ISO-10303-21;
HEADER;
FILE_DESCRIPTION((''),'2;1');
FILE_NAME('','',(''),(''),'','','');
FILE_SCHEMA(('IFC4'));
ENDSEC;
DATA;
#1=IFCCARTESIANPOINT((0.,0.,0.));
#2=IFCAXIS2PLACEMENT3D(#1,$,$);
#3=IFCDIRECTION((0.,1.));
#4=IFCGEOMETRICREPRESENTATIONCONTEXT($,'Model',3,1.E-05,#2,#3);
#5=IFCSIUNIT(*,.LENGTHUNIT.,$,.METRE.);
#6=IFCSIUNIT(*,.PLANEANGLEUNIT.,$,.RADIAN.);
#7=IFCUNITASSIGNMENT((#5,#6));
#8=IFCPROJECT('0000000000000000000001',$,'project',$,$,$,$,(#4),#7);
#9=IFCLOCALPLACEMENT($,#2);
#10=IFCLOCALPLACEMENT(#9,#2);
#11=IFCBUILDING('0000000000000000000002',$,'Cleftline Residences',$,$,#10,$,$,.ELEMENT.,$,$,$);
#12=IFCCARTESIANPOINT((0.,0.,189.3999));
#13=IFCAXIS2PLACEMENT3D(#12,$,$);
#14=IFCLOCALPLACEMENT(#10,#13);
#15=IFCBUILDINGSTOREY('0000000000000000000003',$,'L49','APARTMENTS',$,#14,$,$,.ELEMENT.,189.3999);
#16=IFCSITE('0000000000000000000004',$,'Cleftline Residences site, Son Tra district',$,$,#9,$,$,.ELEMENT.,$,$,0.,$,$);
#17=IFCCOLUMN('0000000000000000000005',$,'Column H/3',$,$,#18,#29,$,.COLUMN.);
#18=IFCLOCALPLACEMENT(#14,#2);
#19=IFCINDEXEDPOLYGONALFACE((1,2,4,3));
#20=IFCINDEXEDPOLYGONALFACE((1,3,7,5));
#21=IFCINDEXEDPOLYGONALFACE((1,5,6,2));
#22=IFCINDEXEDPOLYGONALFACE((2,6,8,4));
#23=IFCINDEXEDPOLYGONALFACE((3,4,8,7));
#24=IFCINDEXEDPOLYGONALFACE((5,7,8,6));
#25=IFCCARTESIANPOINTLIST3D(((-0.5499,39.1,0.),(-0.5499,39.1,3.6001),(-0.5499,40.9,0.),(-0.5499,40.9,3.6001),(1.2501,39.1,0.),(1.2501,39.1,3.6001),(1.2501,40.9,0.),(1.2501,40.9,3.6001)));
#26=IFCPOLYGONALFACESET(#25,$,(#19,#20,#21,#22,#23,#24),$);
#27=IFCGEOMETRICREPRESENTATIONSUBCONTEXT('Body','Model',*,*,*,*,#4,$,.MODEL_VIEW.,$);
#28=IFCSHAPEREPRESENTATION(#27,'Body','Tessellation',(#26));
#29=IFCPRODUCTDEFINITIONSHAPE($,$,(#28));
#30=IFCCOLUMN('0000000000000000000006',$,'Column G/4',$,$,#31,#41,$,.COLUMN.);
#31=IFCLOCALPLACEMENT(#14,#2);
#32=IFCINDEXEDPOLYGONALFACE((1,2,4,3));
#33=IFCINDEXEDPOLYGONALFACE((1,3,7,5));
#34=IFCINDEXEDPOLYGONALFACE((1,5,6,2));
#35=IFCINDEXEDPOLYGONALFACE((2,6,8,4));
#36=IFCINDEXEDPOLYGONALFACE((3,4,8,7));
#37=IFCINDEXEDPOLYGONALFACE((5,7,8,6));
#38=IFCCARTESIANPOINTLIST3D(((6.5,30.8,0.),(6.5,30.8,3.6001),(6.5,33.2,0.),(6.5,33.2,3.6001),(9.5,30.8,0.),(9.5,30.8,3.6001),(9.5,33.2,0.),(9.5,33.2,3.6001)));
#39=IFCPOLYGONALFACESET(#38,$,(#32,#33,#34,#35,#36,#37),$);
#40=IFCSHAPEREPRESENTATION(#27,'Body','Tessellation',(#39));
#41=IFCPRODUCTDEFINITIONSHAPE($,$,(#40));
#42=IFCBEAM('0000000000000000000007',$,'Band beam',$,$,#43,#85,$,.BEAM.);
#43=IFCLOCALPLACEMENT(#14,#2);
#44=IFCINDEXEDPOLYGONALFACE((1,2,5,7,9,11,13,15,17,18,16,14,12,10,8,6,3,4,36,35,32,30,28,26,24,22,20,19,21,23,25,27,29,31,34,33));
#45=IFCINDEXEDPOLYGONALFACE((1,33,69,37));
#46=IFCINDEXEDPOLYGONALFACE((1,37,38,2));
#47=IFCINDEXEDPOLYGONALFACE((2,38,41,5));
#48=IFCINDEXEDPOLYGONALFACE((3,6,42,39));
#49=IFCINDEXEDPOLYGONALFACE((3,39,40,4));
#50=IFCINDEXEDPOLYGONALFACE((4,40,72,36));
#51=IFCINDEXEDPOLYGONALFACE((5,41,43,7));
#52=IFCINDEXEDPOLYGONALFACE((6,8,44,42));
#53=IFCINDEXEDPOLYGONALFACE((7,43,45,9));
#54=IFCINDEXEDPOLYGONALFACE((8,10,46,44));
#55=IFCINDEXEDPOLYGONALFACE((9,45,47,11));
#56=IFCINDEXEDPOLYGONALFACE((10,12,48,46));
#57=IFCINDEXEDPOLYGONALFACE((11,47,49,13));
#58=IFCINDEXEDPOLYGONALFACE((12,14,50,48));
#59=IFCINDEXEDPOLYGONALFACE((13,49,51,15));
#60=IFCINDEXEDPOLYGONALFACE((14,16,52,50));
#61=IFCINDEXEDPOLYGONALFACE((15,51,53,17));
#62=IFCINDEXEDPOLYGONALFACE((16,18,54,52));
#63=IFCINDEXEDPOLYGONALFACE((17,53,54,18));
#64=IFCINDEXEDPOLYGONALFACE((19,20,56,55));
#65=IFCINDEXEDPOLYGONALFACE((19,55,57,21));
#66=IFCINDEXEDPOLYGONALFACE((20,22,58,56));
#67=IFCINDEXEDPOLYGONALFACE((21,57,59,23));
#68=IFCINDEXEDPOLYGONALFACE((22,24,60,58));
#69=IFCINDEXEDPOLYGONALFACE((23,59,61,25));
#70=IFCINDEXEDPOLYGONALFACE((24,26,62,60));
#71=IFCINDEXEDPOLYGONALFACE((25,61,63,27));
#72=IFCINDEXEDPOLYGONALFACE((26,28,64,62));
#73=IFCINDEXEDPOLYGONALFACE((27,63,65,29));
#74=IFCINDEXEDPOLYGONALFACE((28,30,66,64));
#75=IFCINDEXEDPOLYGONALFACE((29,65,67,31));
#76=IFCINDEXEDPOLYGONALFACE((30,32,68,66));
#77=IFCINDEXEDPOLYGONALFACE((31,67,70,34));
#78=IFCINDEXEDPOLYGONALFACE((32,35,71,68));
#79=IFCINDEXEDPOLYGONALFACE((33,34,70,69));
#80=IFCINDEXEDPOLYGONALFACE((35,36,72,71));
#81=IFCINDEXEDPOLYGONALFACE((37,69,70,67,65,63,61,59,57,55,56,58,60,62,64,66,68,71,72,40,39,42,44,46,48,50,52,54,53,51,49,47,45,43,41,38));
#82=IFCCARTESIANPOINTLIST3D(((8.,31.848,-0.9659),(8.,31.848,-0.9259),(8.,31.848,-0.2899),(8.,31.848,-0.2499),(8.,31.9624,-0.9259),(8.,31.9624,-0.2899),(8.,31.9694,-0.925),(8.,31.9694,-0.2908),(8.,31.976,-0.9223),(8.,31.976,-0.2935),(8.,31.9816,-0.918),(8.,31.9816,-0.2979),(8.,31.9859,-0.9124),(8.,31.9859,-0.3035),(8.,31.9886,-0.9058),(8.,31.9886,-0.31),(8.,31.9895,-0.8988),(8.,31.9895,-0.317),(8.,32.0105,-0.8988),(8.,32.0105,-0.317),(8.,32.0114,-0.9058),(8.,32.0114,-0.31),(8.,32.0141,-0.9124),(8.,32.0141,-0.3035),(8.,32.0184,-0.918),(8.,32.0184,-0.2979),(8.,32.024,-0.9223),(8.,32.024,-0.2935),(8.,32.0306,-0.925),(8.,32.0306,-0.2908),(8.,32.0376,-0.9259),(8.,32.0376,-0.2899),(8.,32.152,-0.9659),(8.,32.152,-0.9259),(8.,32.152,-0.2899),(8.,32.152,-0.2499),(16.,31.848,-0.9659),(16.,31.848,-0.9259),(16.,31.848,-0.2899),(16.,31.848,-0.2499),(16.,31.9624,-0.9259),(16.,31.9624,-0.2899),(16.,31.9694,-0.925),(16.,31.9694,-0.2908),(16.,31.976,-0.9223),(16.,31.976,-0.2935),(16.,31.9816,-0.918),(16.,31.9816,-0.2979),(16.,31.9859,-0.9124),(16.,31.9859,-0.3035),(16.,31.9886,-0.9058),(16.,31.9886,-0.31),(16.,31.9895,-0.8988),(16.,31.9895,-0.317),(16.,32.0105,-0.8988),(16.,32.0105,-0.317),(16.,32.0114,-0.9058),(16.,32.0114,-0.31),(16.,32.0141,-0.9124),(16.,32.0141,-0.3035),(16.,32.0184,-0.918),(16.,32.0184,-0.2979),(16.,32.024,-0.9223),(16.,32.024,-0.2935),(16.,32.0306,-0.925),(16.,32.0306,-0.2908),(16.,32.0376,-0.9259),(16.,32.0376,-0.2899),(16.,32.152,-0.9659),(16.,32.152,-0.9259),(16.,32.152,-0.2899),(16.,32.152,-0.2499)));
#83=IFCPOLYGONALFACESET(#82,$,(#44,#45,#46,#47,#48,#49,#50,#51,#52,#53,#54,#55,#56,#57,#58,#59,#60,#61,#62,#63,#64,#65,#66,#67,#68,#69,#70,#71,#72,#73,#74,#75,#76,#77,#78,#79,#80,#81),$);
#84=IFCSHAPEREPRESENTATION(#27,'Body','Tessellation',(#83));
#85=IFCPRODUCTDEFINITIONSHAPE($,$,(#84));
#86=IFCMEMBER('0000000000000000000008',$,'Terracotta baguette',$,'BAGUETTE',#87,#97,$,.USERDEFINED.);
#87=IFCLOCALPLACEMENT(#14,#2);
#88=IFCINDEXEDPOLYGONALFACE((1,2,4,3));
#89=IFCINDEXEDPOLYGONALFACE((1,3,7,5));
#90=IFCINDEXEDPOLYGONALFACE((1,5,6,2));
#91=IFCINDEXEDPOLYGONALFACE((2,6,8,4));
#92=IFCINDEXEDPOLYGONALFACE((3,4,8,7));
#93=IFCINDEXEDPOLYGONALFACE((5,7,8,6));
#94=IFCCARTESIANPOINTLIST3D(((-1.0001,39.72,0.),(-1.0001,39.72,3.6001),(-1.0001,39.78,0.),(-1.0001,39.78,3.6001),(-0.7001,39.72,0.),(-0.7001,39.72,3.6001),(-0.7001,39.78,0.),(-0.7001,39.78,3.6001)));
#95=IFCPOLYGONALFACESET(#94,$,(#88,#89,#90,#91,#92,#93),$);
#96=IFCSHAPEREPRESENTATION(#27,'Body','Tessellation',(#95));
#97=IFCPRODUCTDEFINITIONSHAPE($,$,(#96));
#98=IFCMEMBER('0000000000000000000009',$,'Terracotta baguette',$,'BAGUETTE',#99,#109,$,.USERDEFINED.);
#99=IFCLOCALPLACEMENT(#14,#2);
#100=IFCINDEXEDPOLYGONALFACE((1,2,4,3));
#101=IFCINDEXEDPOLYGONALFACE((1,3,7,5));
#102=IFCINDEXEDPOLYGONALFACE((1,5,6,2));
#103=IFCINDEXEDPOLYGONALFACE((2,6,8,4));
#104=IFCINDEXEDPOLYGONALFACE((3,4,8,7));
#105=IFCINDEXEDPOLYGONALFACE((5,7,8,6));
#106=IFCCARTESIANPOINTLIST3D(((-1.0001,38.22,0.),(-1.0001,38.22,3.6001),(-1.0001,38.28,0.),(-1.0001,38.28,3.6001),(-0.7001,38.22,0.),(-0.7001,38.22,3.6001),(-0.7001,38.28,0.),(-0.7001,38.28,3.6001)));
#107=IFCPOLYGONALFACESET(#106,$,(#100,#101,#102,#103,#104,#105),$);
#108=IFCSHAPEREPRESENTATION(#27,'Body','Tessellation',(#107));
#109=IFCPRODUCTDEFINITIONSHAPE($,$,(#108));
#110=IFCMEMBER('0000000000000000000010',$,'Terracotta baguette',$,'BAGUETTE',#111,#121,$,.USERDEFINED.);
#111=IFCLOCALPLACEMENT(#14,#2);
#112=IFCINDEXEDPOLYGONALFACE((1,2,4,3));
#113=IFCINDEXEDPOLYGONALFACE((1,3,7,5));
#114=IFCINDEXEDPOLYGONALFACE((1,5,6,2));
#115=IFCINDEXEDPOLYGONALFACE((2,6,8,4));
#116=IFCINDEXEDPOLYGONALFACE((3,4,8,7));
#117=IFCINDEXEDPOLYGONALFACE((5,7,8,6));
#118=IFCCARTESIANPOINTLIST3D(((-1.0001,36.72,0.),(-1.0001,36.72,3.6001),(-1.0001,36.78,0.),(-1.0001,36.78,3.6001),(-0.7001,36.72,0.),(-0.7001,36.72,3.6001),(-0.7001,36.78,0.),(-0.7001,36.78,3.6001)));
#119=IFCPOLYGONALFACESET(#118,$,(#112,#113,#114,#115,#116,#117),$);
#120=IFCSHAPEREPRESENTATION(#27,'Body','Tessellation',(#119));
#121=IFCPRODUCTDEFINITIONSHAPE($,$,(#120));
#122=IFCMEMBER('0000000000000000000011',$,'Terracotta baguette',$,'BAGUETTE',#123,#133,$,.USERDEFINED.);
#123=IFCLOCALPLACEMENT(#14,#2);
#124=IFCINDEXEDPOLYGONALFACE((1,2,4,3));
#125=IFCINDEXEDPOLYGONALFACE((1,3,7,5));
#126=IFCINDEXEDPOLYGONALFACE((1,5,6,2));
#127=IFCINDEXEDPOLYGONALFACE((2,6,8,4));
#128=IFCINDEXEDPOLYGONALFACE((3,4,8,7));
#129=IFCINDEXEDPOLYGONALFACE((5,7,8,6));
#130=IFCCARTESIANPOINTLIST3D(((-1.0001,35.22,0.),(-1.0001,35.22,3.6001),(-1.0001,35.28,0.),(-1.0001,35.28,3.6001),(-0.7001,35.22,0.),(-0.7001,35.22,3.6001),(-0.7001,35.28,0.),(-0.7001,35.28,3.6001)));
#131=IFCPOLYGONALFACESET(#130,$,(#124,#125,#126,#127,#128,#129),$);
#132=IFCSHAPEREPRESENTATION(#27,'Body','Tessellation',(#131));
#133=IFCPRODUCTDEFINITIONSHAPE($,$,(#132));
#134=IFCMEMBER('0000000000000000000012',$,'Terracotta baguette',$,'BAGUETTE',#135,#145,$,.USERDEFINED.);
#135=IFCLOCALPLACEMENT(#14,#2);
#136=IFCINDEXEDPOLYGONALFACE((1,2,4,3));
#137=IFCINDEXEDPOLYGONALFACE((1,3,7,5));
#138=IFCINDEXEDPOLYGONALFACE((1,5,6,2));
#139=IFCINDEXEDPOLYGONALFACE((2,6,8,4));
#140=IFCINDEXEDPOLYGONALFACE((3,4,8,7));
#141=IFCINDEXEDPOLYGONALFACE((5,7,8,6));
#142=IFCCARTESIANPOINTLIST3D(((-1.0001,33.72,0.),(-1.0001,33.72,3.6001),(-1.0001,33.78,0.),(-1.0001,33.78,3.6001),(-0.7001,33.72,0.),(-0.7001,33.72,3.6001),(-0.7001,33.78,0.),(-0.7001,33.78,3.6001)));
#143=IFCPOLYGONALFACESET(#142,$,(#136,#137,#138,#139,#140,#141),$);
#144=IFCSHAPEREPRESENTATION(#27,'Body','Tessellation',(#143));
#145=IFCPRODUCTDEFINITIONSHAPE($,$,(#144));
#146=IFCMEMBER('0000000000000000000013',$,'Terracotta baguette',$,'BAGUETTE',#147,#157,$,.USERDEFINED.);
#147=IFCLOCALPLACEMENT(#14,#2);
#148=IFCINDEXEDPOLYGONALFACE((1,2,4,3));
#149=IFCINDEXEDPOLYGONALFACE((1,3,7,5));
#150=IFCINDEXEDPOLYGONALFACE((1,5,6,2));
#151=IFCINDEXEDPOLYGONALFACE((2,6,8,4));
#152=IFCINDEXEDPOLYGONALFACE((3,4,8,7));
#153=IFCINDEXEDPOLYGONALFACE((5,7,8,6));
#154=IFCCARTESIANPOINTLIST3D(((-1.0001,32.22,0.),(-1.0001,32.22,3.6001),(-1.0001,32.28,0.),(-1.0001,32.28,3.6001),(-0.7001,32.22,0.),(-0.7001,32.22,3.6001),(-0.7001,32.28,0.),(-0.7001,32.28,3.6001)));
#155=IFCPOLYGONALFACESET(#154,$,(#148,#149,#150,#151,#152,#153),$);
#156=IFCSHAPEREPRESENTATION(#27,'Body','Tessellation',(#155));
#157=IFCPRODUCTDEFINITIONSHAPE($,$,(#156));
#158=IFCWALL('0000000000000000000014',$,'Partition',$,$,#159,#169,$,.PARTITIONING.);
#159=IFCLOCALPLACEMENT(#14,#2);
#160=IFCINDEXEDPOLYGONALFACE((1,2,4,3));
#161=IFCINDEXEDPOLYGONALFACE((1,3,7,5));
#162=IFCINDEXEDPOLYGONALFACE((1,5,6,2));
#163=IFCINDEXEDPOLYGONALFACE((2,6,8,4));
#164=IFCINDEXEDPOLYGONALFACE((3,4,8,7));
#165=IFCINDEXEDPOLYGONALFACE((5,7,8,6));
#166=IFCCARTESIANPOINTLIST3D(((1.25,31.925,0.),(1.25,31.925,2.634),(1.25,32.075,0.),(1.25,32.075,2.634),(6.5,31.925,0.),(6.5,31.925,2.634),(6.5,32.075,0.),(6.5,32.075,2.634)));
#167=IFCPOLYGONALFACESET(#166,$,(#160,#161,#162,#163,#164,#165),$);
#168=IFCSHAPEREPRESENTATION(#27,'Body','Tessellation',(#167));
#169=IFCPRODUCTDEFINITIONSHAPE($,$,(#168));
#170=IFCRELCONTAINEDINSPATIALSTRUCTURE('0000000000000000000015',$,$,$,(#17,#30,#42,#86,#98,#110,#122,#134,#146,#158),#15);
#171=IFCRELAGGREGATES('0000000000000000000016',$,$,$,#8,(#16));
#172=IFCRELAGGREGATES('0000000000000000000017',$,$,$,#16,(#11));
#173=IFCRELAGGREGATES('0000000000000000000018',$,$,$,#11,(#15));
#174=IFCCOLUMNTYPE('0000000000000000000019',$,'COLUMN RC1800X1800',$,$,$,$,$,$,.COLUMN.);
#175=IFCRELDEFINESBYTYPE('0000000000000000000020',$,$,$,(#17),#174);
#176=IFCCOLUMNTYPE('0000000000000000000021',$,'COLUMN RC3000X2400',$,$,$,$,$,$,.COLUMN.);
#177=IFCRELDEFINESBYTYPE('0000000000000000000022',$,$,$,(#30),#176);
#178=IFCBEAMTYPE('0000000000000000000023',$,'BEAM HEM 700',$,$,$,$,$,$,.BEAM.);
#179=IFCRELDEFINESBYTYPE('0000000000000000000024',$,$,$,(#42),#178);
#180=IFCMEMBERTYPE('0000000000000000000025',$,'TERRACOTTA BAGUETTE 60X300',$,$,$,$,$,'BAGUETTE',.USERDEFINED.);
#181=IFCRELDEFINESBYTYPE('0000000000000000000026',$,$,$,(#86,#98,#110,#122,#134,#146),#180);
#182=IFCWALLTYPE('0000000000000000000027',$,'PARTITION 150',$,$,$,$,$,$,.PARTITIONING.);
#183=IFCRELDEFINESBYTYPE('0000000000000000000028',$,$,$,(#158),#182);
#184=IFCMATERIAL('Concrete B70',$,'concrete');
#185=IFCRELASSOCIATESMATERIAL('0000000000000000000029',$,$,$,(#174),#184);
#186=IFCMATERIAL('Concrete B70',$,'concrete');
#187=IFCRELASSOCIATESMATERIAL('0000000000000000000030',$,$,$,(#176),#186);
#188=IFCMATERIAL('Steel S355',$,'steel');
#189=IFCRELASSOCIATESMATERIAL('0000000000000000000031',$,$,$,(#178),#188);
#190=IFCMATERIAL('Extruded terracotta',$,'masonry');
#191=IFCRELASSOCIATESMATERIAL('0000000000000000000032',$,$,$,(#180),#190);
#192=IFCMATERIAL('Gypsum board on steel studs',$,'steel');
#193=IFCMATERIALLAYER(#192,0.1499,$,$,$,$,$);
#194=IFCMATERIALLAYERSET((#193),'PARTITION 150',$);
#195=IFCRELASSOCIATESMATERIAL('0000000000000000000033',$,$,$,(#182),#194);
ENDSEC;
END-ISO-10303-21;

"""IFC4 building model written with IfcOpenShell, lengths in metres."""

from ifc_helpers import new_model, si_unit, direction, frame, frame_2d, origin, origin_2d, place, context, subcontext, project, spatial, rectangle, i_section, extrude, material, layer, layer_set, material_profile, profile_set, type_object, element, save


model = new_model("IFC4")

# Units and contexts
model_context = context("Model", 3, precision=1e-05, world=origin(), true_north=direction((0.0, 1.0)))
body_context = subcontext(model_context, "Body", "Model", "MODEL_VIEW")
ifc_project = project(units=[si_unit("LENGTHUNIT", "METRE"), si_unit("PLANEANGLEUNIT", "RADIAN")], contexts=[model_context])

# Site, building, storey
site_placement = place(None, origin())
site = spatial("IfcSite", under=ifc_project, at=site_placement, Name="Cleftline Residences site, Son Tra district", CompositionType="ELEMENT", RefElevation=0.0)
building_placement = place(site_placement, origin())
building = spatial("IfcBuilding", under=site, at=building_placement, Name="Cleftline Residences", CompositionType="ELEMENT")
storey_placement = place(building_placement, frame((0.0, 0.0, 189.3999)))
storey = spatial("IfcBuildingStorey", under=building, at=storey_placement, Name="L49", Description="APARTMENTS", CompositionType="ELEMENT", Elevation=189.3999)

# Columns
ifc_material_1 = material(Name="Concrete B70", Category="concrete")
ifc_material_profile_1 = material_profile(ifc_material_1, rectangle(XDim=1.8, YDim=1.8, at=origin_2d()))
ifc_profile_set_1 = profile_set([ifc_material_profile_1], Name="Concrete B70")
column_type_1 = type_object("IfcColumnType", Name="COLUMN RC1800X1800", PredefinedType="COLUMN", material=ifc_profile_set_1)
column_1_placement = place(storey_placement, frame((0.3501, 40.0, 0.0), z_axis=(0.0, 0.0, 1.0), x_axis=(1.0, 0.0, 0.0)))
element("IfcColumn", 1, at=column_1_placement, inside=storey, type_object=column_type_1, Name="Column H/3", PredefinedType="COLUMN", context=body_context, shape_type="SweptSolid", body=[
    extrude(rectangle(XDim=1.8, YDim=1.8, at=origin_2d()), origin(), (0.0, 0.0, 1.0), 3.6001),
])
ifc_material_2 = material(Name="Concrete B70", Category="concrete")
ifc_material_profile_2 = material_profile(ifc_material_2, rectangle(XDim=3.0, YDim=2.3999, at=origin_2d()))
ifc_profile_set_2 = profile_set([ifc_material_profile_2], Name="Concrete B70")
column_type_2 = type_object("IfcColumnType", Name="COLUMN RC3000X2400", PredefinedType="COLUMN", material=ifc_profile_set_2)
column_2_placement = place(storey_placement, frame((8.0, 32.0, 0.0), z_axis=(0.0, 0.0, 1.0), x_axis=(1.0, 0.0, 0.0)))
element("IfcColumn", 2, at=column_2_placement, inside=storey, type_object=column_type_2, Name="Column G/4", PredefinedType="COLUMN", context=body_context, shape_type="SweptSolid", body=[
    extrude(rectangle(XDim=3.0, YDim=2.3999, at=origin_2d()), origin(), (0.0, 0.0, 1.0), 3.6001),
])

# Beam
ifc_material_3 = material(Name="Steel S355", Category="steel")
ifc_material_profile_3 = material_profile(ifc_material_3, i_section(OverallWidth=0.304, OverallDepth=0.7161, WebThickness=0.021, FlangeThickness=0.04, FilletRadius=0.0271, at=origin_2d()))
ifc_profile_set_3 = profile_set([ifc_material_profile_3], Name="Steel S355")
beam_type = type_object("IfcBeamType", Name="BEAM HEM 700", PredefinedType="BEAM", material=ifc_profile_set_3)
beam_placement = place(storey_placement, frame((8.0, 32.0, -0.6079), z_axis=(1.0, 0.0, 0.0), x_axis=(0.0, 1.0, 0.0)))
element("IfcBeam", 3, at=beam_placement, inside=storey, type_object=beam_type, Name="Band beam", PredefinedType="BEAM", context=body_context, shape_type="SweptSolid", body=[
    extrude(i_section(OverallWidth=0.304, OverallDepth=0.7161, WebThickness=0.021, FlangeThickness=0.04, FilletRadius=0.0271, at=origin_2d()), origin(), (0.0, 0.0, 1.0), 8.0),
])

# Members
ifc_material_4 = material(Name="Extruded terracotta", Category="masonry")
ifc_material_profile_4 = material_profile(ifc_material_4, rectangle(XDim=0.0601, YDim=0.3, at=origin_2d()))
ifc_profile_set_4 = profile_set([ifc_material_profile_4], Name="Extruded terracotta")
member_type = type_object("IfcMemberType", Name="TERRACOTTA BAGUETTE 60X300", ElementType="BAGUETTE", PredefinedType="USERDEFINED", material=ifc_profile_set_4)
for number, where, z_axis, x_axis, name in (
    (4, (-0.8501, 39.75, 0.0), (0.0, 0.0, 1.0), (0.0, 1.0, 0.0), "Terracotta baguette"),
    (5, (-0.8501, 38.25, 0.0), (0.0, 0.0, 1.0), (0.0, 1.0, 0.0), "Terracotta baguette"),
    (6, (-0.8501, 36.75, 0.0), (0.0, 0.0, 1.0), (0.0, 1.0, 0.0), "Terracotta baguette"),
    (7, (-0.8501, 35.25, 0.0), (0.0, 0.0, 1.0), (0.0, 1.0, 0.0), "Terracotta baguette"),
    (8, (-0.8501, 33.75, 0.0), (0.0, 0.0, 1.0), (0.0, 1.0, 0.0), "Terracotta baguette"),
    (9, (-0.8501, 32.25, 0.0), (0.0, 0.0, 1.0), (0.0, 1.0, 0.0), "Terracotta baguette"),
):
    element("IfcMember", number, at=place(storey_placement, frame(where, z_axis=z_axis, x_axis=x_axis)), inside=storey, type_object=member_type, Name=name, ObjectType="BAGUETTE", PredefinedType="USERDEFINED", context=body_context, shape_type="SweptSolid", body=[
        extrude(rectangle(XDim=0.0601, YDim=0.3, at=origin_2d()), origin(), (0.0, 0.0, 1.0), 3.6001),
    ])

# Wall
ifc_material_5 = material(Name="Gypsum board on steel studs", Category="steel")
ifc_layer = layer(ifc_material_5, 0.1499)
ifc_layer_set = layer_set([ifc_layer], Name="PARTITION 150")
wall_type = type_object("IfcWallType", Name="PARTITION 150", PredefinedType="PARTITIONING", material=ifc_layer_set)
wall_1_placement = place(storey_placement, frame((1.25, 32.0, 0.0), z_axis=(0.0, 0.0, 1.0), x_axis=(1.0, 0.0, 0.0)))
element("IfcWall", 10, at=wall_1_placement, inside=storey, type_object=wall_type, Name="Partition", PredefinedType="PARTITIONING", context=body_context, shape_type="SweptSolid", body=[
    extrude(rectangle(XDim=5.25, YDim=0.1499, at=frame_2d((2.625, 0.0))), origin(), (0.0, 0.0, 1.0), 2.634),
])

save(model, "model.ifc")
